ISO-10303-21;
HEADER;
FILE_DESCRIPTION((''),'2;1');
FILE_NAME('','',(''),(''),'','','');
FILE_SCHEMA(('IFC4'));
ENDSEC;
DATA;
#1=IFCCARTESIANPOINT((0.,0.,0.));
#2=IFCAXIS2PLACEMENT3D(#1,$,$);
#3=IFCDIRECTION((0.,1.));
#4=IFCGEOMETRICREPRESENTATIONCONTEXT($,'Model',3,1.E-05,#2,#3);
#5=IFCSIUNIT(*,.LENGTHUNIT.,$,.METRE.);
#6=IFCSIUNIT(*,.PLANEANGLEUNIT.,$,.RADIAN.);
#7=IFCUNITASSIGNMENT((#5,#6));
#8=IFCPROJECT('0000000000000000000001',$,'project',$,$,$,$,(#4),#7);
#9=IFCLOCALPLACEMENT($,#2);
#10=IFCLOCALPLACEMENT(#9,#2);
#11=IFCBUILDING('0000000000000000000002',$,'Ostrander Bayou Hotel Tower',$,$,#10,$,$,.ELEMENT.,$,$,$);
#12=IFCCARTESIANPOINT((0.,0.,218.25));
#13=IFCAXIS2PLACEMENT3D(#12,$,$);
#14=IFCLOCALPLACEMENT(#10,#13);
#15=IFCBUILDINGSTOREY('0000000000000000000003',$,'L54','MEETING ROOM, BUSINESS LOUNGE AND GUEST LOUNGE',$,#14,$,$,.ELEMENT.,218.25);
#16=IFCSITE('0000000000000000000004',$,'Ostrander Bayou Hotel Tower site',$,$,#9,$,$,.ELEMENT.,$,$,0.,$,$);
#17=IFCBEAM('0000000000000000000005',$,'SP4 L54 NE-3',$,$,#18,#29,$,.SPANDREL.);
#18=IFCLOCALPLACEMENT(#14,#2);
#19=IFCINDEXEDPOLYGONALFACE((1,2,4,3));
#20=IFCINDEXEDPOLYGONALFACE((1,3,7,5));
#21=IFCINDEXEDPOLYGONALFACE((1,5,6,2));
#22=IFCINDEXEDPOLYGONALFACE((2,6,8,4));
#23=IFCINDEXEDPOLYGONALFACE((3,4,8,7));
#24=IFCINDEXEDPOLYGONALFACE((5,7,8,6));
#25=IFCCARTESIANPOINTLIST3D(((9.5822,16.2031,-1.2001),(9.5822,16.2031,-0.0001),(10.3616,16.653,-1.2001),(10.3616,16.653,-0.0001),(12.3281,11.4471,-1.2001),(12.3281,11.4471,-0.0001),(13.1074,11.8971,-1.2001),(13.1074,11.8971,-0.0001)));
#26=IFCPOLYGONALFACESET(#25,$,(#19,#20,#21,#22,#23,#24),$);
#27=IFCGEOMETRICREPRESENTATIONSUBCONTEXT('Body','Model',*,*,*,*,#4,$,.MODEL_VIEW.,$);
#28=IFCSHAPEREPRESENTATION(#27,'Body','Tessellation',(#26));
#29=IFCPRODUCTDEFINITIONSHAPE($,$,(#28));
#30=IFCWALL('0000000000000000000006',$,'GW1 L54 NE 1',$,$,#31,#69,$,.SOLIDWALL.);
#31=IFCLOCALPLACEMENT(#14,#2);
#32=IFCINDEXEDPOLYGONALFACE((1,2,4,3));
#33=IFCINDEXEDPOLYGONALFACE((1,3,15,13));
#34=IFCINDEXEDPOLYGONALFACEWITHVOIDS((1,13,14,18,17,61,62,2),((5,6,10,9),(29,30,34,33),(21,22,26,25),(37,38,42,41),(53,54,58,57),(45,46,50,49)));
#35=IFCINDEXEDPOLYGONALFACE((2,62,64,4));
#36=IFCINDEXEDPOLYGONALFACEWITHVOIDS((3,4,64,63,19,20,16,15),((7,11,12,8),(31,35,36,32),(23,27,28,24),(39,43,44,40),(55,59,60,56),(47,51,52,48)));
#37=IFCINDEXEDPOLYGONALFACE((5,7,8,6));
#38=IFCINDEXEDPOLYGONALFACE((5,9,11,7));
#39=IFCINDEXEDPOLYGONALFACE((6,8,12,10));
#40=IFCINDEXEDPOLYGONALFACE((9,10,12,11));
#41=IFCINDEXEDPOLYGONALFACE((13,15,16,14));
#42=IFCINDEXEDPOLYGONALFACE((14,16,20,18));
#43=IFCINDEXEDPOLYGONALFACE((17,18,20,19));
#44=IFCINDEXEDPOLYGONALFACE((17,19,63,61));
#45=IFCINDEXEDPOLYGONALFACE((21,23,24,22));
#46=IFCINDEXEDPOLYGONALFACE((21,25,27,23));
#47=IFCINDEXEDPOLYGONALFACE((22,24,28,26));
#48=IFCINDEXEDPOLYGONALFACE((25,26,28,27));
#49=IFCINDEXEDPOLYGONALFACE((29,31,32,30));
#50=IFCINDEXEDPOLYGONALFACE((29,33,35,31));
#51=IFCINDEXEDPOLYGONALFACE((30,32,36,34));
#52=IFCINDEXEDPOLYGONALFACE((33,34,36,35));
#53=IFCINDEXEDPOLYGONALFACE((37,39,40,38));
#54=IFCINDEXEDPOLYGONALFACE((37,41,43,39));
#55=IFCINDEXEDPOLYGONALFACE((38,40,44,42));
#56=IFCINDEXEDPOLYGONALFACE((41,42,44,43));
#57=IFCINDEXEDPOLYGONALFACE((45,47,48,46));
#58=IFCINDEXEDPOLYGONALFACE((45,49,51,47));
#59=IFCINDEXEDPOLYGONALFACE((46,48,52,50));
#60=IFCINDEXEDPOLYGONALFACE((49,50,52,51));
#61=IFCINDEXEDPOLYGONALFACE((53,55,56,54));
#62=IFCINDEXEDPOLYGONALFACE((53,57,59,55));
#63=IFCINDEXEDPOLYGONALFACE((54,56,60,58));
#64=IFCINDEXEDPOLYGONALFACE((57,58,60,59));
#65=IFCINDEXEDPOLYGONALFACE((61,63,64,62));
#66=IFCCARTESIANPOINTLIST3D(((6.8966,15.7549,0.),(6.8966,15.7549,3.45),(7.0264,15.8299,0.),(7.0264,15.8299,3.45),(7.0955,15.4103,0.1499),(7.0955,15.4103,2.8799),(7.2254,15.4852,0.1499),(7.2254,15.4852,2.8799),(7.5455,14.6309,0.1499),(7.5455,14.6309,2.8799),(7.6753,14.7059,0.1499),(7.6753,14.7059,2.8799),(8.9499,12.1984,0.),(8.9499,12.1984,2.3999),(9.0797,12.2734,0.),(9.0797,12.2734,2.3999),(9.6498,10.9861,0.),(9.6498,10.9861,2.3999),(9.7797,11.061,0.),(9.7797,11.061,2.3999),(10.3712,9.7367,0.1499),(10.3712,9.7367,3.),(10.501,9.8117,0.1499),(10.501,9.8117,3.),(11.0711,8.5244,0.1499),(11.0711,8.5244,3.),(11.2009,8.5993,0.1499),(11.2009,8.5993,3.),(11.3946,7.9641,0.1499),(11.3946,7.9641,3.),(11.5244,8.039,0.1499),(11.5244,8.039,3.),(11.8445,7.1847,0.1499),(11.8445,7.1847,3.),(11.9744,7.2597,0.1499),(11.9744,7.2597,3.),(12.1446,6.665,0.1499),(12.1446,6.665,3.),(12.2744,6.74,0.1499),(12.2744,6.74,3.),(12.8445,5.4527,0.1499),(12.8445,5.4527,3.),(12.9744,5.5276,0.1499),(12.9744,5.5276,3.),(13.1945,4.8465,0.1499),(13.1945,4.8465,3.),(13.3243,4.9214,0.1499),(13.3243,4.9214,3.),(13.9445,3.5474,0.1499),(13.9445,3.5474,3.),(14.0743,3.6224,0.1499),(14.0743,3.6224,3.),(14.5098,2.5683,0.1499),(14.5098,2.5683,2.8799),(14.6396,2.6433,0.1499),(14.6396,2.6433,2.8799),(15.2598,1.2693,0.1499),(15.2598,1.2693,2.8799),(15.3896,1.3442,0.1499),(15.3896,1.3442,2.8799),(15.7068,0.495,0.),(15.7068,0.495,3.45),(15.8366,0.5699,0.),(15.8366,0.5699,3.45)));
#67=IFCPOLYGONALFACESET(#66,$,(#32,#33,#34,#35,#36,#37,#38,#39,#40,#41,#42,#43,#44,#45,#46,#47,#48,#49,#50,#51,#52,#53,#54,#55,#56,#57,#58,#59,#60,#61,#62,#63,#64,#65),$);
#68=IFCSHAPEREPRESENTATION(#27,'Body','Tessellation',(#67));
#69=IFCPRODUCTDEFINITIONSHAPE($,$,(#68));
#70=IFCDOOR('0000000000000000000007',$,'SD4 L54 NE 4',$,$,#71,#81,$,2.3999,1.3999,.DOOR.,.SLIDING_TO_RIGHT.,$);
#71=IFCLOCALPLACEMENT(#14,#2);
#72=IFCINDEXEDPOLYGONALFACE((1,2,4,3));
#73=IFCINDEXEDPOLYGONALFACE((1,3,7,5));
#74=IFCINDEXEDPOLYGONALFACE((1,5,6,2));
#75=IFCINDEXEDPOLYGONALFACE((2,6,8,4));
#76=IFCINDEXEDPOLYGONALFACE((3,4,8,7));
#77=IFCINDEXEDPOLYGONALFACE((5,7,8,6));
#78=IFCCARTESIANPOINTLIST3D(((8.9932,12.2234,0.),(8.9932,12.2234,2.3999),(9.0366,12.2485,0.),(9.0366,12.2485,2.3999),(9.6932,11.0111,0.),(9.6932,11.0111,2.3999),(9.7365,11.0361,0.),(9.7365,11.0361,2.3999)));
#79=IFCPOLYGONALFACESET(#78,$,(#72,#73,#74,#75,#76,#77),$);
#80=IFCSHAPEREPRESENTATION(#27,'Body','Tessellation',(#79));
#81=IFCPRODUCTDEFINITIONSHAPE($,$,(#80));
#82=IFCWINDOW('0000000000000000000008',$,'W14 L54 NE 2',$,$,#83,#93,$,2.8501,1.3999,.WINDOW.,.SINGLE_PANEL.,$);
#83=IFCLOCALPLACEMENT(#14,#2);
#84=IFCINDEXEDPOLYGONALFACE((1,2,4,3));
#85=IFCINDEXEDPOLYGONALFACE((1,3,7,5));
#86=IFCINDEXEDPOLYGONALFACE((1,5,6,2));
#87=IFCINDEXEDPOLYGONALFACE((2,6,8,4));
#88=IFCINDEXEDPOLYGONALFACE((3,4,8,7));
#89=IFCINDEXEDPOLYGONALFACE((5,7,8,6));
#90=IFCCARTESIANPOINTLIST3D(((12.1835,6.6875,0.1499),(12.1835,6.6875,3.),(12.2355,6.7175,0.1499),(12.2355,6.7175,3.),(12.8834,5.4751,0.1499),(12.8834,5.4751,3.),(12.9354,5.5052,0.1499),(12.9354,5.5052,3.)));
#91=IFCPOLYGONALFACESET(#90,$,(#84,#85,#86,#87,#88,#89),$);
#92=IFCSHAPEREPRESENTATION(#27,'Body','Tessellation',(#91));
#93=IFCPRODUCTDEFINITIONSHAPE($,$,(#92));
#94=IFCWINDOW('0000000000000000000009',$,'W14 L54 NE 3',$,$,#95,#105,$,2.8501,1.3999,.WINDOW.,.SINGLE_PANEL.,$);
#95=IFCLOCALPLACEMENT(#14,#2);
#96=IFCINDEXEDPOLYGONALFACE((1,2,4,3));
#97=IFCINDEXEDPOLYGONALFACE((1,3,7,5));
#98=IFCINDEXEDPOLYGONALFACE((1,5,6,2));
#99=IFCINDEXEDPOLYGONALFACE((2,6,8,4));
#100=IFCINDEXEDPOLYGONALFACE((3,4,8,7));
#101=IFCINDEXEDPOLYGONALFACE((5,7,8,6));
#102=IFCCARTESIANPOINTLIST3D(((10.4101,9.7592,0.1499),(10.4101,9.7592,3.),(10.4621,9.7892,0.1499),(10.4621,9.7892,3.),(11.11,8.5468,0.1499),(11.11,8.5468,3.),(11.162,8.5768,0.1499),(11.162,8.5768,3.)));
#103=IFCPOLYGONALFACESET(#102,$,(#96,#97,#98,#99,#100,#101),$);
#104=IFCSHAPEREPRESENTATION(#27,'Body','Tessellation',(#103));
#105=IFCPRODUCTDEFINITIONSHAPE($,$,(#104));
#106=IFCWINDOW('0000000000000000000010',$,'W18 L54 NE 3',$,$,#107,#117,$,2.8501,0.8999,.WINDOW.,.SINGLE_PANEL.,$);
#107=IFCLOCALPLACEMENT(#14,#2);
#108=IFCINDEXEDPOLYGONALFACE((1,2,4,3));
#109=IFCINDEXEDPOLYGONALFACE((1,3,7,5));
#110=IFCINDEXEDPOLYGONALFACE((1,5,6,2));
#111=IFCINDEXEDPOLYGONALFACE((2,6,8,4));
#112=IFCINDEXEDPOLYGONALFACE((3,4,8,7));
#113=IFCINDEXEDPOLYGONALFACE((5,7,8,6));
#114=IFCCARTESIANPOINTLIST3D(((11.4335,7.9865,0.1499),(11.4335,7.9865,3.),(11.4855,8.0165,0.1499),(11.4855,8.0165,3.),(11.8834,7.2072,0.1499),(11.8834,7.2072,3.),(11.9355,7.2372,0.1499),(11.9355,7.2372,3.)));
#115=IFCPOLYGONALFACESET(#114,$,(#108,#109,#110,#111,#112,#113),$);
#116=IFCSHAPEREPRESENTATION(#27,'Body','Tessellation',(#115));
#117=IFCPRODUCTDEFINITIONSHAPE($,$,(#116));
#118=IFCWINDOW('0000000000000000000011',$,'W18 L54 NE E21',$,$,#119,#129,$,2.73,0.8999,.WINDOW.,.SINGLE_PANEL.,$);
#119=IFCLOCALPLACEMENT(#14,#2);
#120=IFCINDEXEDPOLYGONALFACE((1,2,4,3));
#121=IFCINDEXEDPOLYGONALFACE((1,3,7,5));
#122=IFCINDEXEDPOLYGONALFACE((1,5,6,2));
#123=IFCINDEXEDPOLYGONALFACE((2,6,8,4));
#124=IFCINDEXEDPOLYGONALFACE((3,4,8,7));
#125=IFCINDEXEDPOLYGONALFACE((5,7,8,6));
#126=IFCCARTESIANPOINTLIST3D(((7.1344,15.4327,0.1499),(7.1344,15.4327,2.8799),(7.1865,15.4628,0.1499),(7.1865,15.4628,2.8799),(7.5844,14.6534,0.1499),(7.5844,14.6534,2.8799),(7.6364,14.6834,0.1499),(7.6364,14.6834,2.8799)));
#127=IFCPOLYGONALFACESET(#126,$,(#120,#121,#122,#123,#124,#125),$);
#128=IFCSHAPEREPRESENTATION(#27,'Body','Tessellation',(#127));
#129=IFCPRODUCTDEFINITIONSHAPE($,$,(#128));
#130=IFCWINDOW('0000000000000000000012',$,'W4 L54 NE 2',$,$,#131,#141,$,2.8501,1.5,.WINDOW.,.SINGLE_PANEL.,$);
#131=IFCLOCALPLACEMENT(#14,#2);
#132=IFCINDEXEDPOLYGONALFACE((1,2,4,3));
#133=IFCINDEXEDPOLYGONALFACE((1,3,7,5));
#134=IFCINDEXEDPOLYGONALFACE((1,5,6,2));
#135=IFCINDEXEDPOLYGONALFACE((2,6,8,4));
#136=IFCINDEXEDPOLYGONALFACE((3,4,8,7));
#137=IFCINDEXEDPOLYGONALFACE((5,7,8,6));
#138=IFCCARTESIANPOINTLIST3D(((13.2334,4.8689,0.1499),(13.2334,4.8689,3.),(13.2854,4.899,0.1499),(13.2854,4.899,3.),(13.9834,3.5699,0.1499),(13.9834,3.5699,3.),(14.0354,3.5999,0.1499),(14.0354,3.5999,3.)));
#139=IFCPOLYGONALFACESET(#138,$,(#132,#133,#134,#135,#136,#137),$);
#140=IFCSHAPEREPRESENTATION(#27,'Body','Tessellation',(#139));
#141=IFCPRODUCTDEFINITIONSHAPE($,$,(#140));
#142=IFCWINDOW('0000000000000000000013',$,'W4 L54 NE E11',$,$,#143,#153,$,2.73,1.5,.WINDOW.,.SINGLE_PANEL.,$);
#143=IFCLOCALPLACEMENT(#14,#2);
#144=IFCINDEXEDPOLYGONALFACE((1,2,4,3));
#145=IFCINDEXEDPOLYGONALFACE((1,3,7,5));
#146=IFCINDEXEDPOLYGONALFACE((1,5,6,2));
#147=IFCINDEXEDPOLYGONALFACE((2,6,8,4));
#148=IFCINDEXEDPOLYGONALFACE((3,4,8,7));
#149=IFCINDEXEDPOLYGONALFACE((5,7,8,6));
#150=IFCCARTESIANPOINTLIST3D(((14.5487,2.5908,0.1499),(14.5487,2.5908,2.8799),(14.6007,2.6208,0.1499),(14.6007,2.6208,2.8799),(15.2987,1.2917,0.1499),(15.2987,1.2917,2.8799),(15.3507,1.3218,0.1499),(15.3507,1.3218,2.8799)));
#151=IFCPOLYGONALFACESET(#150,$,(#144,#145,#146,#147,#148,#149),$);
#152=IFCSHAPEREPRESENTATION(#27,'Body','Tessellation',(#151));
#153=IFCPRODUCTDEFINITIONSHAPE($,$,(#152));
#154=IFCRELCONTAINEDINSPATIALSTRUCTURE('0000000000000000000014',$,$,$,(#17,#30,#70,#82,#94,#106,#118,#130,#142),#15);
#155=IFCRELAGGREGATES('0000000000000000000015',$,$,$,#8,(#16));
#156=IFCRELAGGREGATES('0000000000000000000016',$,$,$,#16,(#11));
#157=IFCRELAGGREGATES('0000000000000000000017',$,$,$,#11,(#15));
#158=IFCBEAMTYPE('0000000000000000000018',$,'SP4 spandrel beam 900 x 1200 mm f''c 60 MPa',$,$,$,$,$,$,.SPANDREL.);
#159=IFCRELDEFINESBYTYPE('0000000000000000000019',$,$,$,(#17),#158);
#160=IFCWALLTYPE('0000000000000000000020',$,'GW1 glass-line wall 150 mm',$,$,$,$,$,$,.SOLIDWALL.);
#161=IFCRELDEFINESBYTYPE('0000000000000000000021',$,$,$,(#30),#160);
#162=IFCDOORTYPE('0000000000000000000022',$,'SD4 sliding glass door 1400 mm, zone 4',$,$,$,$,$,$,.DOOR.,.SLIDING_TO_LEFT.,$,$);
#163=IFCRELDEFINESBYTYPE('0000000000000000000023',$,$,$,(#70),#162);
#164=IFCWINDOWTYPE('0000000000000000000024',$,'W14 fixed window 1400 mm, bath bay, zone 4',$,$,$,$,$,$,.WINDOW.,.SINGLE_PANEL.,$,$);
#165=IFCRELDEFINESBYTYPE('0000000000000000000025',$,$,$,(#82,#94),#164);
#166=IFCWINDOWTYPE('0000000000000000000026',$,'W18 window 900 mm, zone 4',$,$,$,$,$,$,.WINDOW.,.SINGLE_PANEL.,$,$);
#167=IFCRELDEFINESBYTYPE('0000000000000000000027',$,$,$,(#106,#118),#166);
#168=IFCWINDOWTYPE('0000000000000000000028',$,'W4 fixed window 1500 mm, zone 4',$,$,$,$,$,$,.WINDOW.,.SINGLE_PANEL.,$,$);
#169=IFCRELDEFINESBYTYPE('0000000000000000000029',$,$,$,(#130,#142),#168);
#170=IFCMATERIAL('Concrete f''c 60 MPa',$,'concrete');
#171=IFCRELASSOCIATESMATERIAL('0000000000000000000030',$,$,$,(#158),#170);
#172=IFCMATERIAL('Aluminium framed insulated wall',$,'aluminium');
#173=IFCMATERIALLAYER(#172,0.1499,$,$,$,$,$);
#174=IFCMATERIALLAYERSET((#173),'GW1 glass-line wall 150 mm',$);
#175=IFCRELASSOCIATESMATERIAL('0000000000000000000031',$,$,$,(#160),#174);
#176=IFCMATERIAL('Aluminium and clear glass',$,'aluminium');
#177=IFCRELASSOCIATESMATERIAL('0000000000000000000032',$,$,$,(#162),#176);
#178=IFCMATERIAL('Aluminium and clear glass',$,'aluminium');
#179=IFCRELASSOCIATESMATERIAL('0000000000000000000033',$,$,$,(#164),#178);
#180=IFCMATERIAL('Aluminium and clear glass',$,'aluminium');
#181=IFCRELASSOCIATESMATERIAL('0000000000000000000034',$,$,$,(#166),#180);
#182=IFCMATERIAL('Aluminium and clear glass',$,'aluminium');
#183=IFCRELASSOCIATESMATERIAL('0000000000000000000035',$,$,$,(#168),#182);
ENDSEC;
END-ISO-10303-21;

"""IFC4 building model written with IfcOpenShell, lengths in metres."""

from ifc_helpers import new_model, si_unit, direction, frame, frame_2d, origin, origin_2d, place, context, subcontext, project, spatial, rectangle, extrude, material, layer, layer_set, material_profile, profile_set, type_object, element, fill, save


model = new_model("IFC4")

# Units and contexts
model_context = context("Model", 3, precision=1e-05, world=origin(), true_north=direction((0.0, 1.0)))
body_context = subcontext(model_context, "Body", "Model", "MODEL_VIEW")
ifc_project = project(units=[si_unit("LENGTHUNIT", "METRE"), si_unit("PLANEANGLEUNIT", "RADIAN")], contexts=[model_context])

# Site, building, storey
site_placement = place(None, origin())
site = spatial("IfcSite", under=ifc_project, at=site_placement, Name="Ostrander Bayou Hotel Tower site", CompositionType="ELEMENT", RefElevation=0.0)
building_placement = place(site_placement, origin())
building = spatial("IfcBuilding", under=site, at=building_placement, Name="Ostrander Bayou Hotel Tower", CompositionType="ELEMENT")
storey_placement = place(building_placement, frame((0.0, 0.0, 218.25)))
storey = spatial("IfcBuildingStorey", under=building, at=storey_placement, Name="L54", Description="MEETING ROOM, BUSINESS LOUNGE AND GUEST LOUNGE", CompositionType="ELEMENT", Elevation=218.25)

# Beam
ifc_material_1 = material(Name="Concrete f'c 60 MPa", Category="concrete")
ifc_material_profile_1 = material_profile(ifc_material_1, rectangle(XDim=0.8999, YDim=1.2, at=origin_2d()))
ifc_profile_set_1 = profile_set([ifc_material_profile_1], Name="Concrete f'c 60 MPa")
beam_type_1 = type_object("IfcBeamType", Name="SP4 spandrel beam 900 x 1200 mm f'c 60 MPa", PredefinedType="SPANDREL", material=ifc_profile_set_1)
beam_1_placement = place(storey_placement, frame((12.7178, 11.6721, -0.6001), z_axis=(-0.500007, 0.866021, 0.0), x_axis=(-0.866021, -0.500007, 0.0)))
element("IfcBeam", 1, at=beam_1_placement, inside=storey, type_object=beam_type_1, Name="SP4 L54 NE-3", PredefinedType="SPANDREL", context=body_context, shape_type="SweptSolid", body=[
    extrude(rectangle(XDim=0.8999, YDim=1.2, at=origin_2d()), origin(), (0.0, 0.0, 1.0), 5.4917),
])

# Wall, openings, door, windows
ifc_material_2 = material(Name="Aluminium framed insulated wall", Category="aluminium")
ifc_layer_1 = layer(ifc_material_2, 0.1499)
ifc_layer_set_1 = layer_set([ifc_layer_1], Name="GW1 glass-line wall 150 mm")
wall_type_1 = type_object("IfcWallType", Name="GW1 glass-line wall 150 mm", PredefinedType="SOLIDWALL", material=ifc_layer_set_1)
wall_1_placement = place(storey_placement, frame((15.7717, 0.5325, 0.0), z_axis=(0.0, 0.0, 1.0), x_axis=(-0.499997, 0.866027, 0.0)))
wall_1 = element("IfcWall", 2, at=wall_1_placement, inside=storey, type_object=wall_type_1, Name="GW1 L54 NE 1", PredefinedType="SOLIDWALL", context=body_context, shape_type="SweptSolid", body=[
    extrude(rectangle(XDim=17.6206, YDim=0.1499, at=frame_2d((8.8103, 0.0))), origin(), (0.0, 0.0, 1.0), 3.45),
])
opening_1_placement = place(wall_1_placement, frame((3.5247, 0.0, 0.1499)))
opening_1 = element("IfcOpeningElement", 3, at=opening_1_placement, cuts=wall_1, PredefinedType="OPENING", context=body_context, shape_type="SweptSolid", body=[
    extrude(rectangle(XDim=1.5, YDim=2.8501, at=frame_2d((0.75, 1.425))), frame((0.0, 0.075, 0.0), z_axis=(0.0, -1.0, 0.0), x_axis=(1.0, 0.0, 0.0)), (0.0, 0.0, 1.0), 0.1499),
])
opening_2_placement = place(wall_1_placement, frame((5.7246, 0.0, 0.1499)))
opening_2 = element("IfcOpeningElement", 4, at=opening_2_placement, cuts=wall_1, PredefinedType="OPENING", context=body_context, shape_type="SweptSolid", body=[
    extrude(rectangle(XDim=1.3999, YDim=2.8501, at=frame_2d((0.7, 1.425))), frame((0.0, 0.075, 0.0), z_axis=(0.0, -1.0, 0.0), x_axis=(1.0, 0.0, 0.0)), (0.0, 0.0, 1.0), 0.1499),
])
opening_3_placement = place(wall_1_placement, frame((7.7246, 0.0, 0.1499)))
opening_3 = element("IfcOpeningElement", 5, at=opening_3_placement, cuts=wall_1, PredefinedType="OPENING", context=body_context, shape_type="SweptSolid", body=[
    extrude(rectangle(XDim=0.8999, YDim=2.8501, at=frame_2d((0.45, 1.425))), frame((0.0, 0.075, 0.0), z_axis=(0.0, -1.0, 0.0), x_axis=(1.0, 0.0, 0.0)), (0.0, 0.0, 1.0), 0.1499),
])
opening_4_placement = place(wall_1_placement, frame((9.2715, 0.0, 0.1499)))
opening_4 = element("IfcOpeningElement", 6, at=opening_4_placement, cuts=wall_1, PredefinedType="OPENING", context=body_context, shape_type="SweptSolid", body=[
    extrude(rectangle(XDim=1.3999, YDim=2.8501, at=frame_2d((0.7, 1.425))), frame((0.0, 0.075, 0.0), z_axis=(0.0, -1.0, 0.0), x_axis=(1.0, 0.0, 0.0)), (0.0, 0.0, 1.0), 0.1499),
])
opening_5_placement = place(wall_1_placement, frame((12.114, 0.0, 0.0)))
opening_5 = element("IfcOpeningElement", 7, at=opening_5_placement, cuts=wall_1, PredefinedType="OPENING", context=body_context, shape_type="SweptSolid", body=[
    extrude(rectangle(XDim=1.3999, YDim=2.3999, at=frame_2d((0.7, 1.2))), frame((0.0, 0.075, 0.0), z_axis=(0.0, -1.0, 0.0), x_axis=(1.0, 0.0, 0.0)), (0.0, 0.0, 1.0), 0.1499),
])
opening_6_placement = place(wall_1_placement, frame((0.894, 0.0, 0.1499)))
opening_6 = element("IfcOpeningElement", 8, at=opening_6_placement, cuts=wall_1, PredefinedType="OPENING", context=body_context, shape_type="SweptSolid", body=[
    extrude(rectangle(XDim=1.5, YDim=2.73, at=frame_2d((0.75, 1.365))), frame((0.0, 0.075, 0.0), z_axis=(0.0, -1.0, 0.0), x_axis=(1.0, 0.0, 0.0)), (0.0, 0.0, 1.0), 0.1499),
])
opening_7_placement = place(wall_1_placement, frame((16.3228, 0.0, 0.1499)))
opening_7 = element("IfcOpeningElement", 9, at=opening_7_placement, cuts=wall_1, PredefinedType="OPENING", context=body_context, shape_type="SweptSolid", body=[
    extrude(rectangle(XDim=0.8999, YDim=2.73, at=frame_2d((0.45, 1.365))), frame((0.0, 0.075, 0.0), z_axis=(0.0, -1.0, 0.0), x_axis=(1.0, 0.0, 0.0)), (0.0, 0.0, 1.0), 0.1499),
])
ifc_material_3 = material(Name="Aluminium and clear glass", Category="aluminium")
door_type = type_object("IfcDoorType", Name="SD4 sliding glass door 1400 mm, zone 4", OperationType="SLIDING_TO_LEFT", PredefinedType="DOOR", material=ifc_material_3)
door_placement = place(opening_5_placement, origin())
door = element("IfcDoor", 10, at=door_placement, inside=storey, type_object=door_type, Name="SD4 L54 NE 4", OperationType="SLIDING_TO_RIGHT", OverallHeight=2.3999, OverallWidth=1.3999, PredefinedType="DOOR", context=body_context, shape_type="SweptSolid", body=[
    extrude(rectangle(XDim=1.3999, YDim=2.3999, at=frame_2d((0.7, 1.2))), frame((0.0, 0.0249, 0.0), z_axis=(0.0, -1.0, 0.0), x_axis=(1.0, 0.0, 0.0)), (0.0, 0.0, 1.0), 0.05),
])
fill(opening_5, door)
ifc_material_4 = material(Name="Aluminium and clear glass", Category="aluminium")
window_type_1 = type_object("IfcWindowType", Name="W14 fixed window 1400 mm, bath bay, zone 4", PartitioningType="SINGLE_PANEL", PredefinedType="WINDOW", material=ifc_material_4)
window_1_placement = place(opening_2_placement, origin())
window_1 = element("IfcWindow", 11, at=window_1_placement, inside=storey, type_object=window_type_1, Name="W14 L54 NE 2", OverallHeight=2.8501, OverallWidth=1.3999, PartitioningType="SINGLE_PANEL", PredefinedType="WINDOW", context=body_context, shape_type="SweptSolid", body=[
    extrude(rectangle(XDim=1.3999, YDim=2.8501, at=frame_2d((0.7, 1.425))), frame((0.0, 0.03, 0.0), z_axis=(0.0, -1.0, 0.0), x_axis=(1.0, 0.0, 0.0)), (0.0, 0.0, 1.0), 0.0601),
])
fill(opening_2, window_1)
window_2_placement = place(opening_4_placement, origin())
window_2 = element("IfcWindow", 12, at=window_2_placement, inside=storey, type_object=window_type_1, Name="W14 L54 NE 3", OverallHeight=2.8501, OverallWidth=1.3999, PartitioningType="SINGLE_PANEL", PredefinedType="WINDOW", context=body_context, shape_type="SweptSolid", body=[
    extrude(rectangle(XDim=1.3999, YDim=2.8501, at=frame_2d((0.7, 1.425))), frame((0.0, 0.03, 0.0), z_axis=(0.0, -1.0, 0.0), x_axis=(1.0, 0.0, 0.0)), (0.0, 0.0, 1.0), 0.0601),
])
fill(opening_4, window_2)
ifc_material_5 = material(Name="Aluminium and clear glass", Category="aluminium")
window_type_2 = type_object("IfcWindowType", Name="W18 window 900 mm, zone 4", PartitioningType="SINGLE_PANEL", PredefinedType="WINDOW", material=ifc_material_5)
window_3_placement = place(opening_3_placement, origin())
window_3 = element("IfcWindow", 13, at=window_3_placement, inside=storey, type_object=window_type_2, Name="W18 L54 NE 3", OverallHeight=2.8501, OverallWidth=0.8999, PartitioningType="SINGLE_PANEL", PredefinedType="WINDOW", context=body_context, shape_type="SweptSolid", body=[
    extrude(rectangle(XDim=0.8999, YDim=2.8501, at=frame_2d((0.45, 1.425))), frame((0.0, 0.03, 0.0), z_axis=(0.0, -1.0, 0.0), x_axis=(1.0, 0.0, 0.0)), (0.0, 0.0, 1.0), 0.0601),
])
fill(opening_3, window_3)
window_4_placement = place(opening_7_placement, origin())
window_4 = element("IfcWindow", 14, at=window_4_placement, inside=storey, type_object=window_type_2, Name="W18 L54 NE E21", OverallHeight=2.73, OverallWidth=0.8999, PartitioningType="SINGLE_PANEL", PredefinedType="WINDOW", context=body_context, shape_type="SweptSolid", body=[
    extrude(rectangle(XDim=0.8999, YDim=2.73, at=frame_2d((0.45, 1.365))), frame((0.0, 0.03, 0.0), z_axis=(0.0, -1.0, 0.0), x_axis=(1.0, 0.0, 0.0)), (0.0, 0.0, 1.0), 0.0601),
])
fill(opening_7, window_4)
ifc_material_6 = material(Name="Aluminium and clear glass", Category="aluminium")
window_type_3 = type_object("IfcWindowType", Name="W4 fixed window 1500 mm, zone 4", PartitioningType="SINGLE_PANEL", PredefinedType="WINDOW", material=ifc_material_6)
window_5_placement = place(opening_1_placement, origin())
window_5 = element("IfcWindow", 15, at=window_5_placement, inside=storey, type_object=window_type_3, Name="W4 L54 NE 2", OverallHeight=2.8501, OverallWidth=1.5, PartitioningType="SINGLE_PANEL", PredefinedType="WINDOW", context=body_context, shape_type="SweptSolid", body=[
    extrude(rectangle(XDim=1.5, YDim=2.8501, at=frame_2d((0.75, 1.425))), frame((0.0, 0.03, 0.0), z_axis=(0.0, -1.0, 0.0), x_axis=(1.0, 0.0, 0.0)), (0.0, 0.0, 1.0), 0.0601),
])
fill(opening_1, window_5)
window_6_placement = place(opening_6_placement, origin())
window_6 = element("IfcWindow", 16, at=window_6_placement, inside=storey, type_object=window_type_3, Name="W4 L54 NE E11", OverallHeight=2.73, OverallWidth=1.5, PartitioningType="SINGLE_PANEL", PredefinedType="WINDOW", context=body_context, shape_type="SweptSolid", body=[
    extrude(rectangle(XDim=1.5, YDim=2.73, at=frame_2d((0.75, 1.365))), frame((0.0, 0.03, 0.0), z_axis=(0.0, -1.0, 0.0), x_axis=(1.0, 0.0, 0.0)), (0.0, 0.0, 1.0), 0.0601),
])
fill(opening_6, window_6)

save(model, "model.ifc")
